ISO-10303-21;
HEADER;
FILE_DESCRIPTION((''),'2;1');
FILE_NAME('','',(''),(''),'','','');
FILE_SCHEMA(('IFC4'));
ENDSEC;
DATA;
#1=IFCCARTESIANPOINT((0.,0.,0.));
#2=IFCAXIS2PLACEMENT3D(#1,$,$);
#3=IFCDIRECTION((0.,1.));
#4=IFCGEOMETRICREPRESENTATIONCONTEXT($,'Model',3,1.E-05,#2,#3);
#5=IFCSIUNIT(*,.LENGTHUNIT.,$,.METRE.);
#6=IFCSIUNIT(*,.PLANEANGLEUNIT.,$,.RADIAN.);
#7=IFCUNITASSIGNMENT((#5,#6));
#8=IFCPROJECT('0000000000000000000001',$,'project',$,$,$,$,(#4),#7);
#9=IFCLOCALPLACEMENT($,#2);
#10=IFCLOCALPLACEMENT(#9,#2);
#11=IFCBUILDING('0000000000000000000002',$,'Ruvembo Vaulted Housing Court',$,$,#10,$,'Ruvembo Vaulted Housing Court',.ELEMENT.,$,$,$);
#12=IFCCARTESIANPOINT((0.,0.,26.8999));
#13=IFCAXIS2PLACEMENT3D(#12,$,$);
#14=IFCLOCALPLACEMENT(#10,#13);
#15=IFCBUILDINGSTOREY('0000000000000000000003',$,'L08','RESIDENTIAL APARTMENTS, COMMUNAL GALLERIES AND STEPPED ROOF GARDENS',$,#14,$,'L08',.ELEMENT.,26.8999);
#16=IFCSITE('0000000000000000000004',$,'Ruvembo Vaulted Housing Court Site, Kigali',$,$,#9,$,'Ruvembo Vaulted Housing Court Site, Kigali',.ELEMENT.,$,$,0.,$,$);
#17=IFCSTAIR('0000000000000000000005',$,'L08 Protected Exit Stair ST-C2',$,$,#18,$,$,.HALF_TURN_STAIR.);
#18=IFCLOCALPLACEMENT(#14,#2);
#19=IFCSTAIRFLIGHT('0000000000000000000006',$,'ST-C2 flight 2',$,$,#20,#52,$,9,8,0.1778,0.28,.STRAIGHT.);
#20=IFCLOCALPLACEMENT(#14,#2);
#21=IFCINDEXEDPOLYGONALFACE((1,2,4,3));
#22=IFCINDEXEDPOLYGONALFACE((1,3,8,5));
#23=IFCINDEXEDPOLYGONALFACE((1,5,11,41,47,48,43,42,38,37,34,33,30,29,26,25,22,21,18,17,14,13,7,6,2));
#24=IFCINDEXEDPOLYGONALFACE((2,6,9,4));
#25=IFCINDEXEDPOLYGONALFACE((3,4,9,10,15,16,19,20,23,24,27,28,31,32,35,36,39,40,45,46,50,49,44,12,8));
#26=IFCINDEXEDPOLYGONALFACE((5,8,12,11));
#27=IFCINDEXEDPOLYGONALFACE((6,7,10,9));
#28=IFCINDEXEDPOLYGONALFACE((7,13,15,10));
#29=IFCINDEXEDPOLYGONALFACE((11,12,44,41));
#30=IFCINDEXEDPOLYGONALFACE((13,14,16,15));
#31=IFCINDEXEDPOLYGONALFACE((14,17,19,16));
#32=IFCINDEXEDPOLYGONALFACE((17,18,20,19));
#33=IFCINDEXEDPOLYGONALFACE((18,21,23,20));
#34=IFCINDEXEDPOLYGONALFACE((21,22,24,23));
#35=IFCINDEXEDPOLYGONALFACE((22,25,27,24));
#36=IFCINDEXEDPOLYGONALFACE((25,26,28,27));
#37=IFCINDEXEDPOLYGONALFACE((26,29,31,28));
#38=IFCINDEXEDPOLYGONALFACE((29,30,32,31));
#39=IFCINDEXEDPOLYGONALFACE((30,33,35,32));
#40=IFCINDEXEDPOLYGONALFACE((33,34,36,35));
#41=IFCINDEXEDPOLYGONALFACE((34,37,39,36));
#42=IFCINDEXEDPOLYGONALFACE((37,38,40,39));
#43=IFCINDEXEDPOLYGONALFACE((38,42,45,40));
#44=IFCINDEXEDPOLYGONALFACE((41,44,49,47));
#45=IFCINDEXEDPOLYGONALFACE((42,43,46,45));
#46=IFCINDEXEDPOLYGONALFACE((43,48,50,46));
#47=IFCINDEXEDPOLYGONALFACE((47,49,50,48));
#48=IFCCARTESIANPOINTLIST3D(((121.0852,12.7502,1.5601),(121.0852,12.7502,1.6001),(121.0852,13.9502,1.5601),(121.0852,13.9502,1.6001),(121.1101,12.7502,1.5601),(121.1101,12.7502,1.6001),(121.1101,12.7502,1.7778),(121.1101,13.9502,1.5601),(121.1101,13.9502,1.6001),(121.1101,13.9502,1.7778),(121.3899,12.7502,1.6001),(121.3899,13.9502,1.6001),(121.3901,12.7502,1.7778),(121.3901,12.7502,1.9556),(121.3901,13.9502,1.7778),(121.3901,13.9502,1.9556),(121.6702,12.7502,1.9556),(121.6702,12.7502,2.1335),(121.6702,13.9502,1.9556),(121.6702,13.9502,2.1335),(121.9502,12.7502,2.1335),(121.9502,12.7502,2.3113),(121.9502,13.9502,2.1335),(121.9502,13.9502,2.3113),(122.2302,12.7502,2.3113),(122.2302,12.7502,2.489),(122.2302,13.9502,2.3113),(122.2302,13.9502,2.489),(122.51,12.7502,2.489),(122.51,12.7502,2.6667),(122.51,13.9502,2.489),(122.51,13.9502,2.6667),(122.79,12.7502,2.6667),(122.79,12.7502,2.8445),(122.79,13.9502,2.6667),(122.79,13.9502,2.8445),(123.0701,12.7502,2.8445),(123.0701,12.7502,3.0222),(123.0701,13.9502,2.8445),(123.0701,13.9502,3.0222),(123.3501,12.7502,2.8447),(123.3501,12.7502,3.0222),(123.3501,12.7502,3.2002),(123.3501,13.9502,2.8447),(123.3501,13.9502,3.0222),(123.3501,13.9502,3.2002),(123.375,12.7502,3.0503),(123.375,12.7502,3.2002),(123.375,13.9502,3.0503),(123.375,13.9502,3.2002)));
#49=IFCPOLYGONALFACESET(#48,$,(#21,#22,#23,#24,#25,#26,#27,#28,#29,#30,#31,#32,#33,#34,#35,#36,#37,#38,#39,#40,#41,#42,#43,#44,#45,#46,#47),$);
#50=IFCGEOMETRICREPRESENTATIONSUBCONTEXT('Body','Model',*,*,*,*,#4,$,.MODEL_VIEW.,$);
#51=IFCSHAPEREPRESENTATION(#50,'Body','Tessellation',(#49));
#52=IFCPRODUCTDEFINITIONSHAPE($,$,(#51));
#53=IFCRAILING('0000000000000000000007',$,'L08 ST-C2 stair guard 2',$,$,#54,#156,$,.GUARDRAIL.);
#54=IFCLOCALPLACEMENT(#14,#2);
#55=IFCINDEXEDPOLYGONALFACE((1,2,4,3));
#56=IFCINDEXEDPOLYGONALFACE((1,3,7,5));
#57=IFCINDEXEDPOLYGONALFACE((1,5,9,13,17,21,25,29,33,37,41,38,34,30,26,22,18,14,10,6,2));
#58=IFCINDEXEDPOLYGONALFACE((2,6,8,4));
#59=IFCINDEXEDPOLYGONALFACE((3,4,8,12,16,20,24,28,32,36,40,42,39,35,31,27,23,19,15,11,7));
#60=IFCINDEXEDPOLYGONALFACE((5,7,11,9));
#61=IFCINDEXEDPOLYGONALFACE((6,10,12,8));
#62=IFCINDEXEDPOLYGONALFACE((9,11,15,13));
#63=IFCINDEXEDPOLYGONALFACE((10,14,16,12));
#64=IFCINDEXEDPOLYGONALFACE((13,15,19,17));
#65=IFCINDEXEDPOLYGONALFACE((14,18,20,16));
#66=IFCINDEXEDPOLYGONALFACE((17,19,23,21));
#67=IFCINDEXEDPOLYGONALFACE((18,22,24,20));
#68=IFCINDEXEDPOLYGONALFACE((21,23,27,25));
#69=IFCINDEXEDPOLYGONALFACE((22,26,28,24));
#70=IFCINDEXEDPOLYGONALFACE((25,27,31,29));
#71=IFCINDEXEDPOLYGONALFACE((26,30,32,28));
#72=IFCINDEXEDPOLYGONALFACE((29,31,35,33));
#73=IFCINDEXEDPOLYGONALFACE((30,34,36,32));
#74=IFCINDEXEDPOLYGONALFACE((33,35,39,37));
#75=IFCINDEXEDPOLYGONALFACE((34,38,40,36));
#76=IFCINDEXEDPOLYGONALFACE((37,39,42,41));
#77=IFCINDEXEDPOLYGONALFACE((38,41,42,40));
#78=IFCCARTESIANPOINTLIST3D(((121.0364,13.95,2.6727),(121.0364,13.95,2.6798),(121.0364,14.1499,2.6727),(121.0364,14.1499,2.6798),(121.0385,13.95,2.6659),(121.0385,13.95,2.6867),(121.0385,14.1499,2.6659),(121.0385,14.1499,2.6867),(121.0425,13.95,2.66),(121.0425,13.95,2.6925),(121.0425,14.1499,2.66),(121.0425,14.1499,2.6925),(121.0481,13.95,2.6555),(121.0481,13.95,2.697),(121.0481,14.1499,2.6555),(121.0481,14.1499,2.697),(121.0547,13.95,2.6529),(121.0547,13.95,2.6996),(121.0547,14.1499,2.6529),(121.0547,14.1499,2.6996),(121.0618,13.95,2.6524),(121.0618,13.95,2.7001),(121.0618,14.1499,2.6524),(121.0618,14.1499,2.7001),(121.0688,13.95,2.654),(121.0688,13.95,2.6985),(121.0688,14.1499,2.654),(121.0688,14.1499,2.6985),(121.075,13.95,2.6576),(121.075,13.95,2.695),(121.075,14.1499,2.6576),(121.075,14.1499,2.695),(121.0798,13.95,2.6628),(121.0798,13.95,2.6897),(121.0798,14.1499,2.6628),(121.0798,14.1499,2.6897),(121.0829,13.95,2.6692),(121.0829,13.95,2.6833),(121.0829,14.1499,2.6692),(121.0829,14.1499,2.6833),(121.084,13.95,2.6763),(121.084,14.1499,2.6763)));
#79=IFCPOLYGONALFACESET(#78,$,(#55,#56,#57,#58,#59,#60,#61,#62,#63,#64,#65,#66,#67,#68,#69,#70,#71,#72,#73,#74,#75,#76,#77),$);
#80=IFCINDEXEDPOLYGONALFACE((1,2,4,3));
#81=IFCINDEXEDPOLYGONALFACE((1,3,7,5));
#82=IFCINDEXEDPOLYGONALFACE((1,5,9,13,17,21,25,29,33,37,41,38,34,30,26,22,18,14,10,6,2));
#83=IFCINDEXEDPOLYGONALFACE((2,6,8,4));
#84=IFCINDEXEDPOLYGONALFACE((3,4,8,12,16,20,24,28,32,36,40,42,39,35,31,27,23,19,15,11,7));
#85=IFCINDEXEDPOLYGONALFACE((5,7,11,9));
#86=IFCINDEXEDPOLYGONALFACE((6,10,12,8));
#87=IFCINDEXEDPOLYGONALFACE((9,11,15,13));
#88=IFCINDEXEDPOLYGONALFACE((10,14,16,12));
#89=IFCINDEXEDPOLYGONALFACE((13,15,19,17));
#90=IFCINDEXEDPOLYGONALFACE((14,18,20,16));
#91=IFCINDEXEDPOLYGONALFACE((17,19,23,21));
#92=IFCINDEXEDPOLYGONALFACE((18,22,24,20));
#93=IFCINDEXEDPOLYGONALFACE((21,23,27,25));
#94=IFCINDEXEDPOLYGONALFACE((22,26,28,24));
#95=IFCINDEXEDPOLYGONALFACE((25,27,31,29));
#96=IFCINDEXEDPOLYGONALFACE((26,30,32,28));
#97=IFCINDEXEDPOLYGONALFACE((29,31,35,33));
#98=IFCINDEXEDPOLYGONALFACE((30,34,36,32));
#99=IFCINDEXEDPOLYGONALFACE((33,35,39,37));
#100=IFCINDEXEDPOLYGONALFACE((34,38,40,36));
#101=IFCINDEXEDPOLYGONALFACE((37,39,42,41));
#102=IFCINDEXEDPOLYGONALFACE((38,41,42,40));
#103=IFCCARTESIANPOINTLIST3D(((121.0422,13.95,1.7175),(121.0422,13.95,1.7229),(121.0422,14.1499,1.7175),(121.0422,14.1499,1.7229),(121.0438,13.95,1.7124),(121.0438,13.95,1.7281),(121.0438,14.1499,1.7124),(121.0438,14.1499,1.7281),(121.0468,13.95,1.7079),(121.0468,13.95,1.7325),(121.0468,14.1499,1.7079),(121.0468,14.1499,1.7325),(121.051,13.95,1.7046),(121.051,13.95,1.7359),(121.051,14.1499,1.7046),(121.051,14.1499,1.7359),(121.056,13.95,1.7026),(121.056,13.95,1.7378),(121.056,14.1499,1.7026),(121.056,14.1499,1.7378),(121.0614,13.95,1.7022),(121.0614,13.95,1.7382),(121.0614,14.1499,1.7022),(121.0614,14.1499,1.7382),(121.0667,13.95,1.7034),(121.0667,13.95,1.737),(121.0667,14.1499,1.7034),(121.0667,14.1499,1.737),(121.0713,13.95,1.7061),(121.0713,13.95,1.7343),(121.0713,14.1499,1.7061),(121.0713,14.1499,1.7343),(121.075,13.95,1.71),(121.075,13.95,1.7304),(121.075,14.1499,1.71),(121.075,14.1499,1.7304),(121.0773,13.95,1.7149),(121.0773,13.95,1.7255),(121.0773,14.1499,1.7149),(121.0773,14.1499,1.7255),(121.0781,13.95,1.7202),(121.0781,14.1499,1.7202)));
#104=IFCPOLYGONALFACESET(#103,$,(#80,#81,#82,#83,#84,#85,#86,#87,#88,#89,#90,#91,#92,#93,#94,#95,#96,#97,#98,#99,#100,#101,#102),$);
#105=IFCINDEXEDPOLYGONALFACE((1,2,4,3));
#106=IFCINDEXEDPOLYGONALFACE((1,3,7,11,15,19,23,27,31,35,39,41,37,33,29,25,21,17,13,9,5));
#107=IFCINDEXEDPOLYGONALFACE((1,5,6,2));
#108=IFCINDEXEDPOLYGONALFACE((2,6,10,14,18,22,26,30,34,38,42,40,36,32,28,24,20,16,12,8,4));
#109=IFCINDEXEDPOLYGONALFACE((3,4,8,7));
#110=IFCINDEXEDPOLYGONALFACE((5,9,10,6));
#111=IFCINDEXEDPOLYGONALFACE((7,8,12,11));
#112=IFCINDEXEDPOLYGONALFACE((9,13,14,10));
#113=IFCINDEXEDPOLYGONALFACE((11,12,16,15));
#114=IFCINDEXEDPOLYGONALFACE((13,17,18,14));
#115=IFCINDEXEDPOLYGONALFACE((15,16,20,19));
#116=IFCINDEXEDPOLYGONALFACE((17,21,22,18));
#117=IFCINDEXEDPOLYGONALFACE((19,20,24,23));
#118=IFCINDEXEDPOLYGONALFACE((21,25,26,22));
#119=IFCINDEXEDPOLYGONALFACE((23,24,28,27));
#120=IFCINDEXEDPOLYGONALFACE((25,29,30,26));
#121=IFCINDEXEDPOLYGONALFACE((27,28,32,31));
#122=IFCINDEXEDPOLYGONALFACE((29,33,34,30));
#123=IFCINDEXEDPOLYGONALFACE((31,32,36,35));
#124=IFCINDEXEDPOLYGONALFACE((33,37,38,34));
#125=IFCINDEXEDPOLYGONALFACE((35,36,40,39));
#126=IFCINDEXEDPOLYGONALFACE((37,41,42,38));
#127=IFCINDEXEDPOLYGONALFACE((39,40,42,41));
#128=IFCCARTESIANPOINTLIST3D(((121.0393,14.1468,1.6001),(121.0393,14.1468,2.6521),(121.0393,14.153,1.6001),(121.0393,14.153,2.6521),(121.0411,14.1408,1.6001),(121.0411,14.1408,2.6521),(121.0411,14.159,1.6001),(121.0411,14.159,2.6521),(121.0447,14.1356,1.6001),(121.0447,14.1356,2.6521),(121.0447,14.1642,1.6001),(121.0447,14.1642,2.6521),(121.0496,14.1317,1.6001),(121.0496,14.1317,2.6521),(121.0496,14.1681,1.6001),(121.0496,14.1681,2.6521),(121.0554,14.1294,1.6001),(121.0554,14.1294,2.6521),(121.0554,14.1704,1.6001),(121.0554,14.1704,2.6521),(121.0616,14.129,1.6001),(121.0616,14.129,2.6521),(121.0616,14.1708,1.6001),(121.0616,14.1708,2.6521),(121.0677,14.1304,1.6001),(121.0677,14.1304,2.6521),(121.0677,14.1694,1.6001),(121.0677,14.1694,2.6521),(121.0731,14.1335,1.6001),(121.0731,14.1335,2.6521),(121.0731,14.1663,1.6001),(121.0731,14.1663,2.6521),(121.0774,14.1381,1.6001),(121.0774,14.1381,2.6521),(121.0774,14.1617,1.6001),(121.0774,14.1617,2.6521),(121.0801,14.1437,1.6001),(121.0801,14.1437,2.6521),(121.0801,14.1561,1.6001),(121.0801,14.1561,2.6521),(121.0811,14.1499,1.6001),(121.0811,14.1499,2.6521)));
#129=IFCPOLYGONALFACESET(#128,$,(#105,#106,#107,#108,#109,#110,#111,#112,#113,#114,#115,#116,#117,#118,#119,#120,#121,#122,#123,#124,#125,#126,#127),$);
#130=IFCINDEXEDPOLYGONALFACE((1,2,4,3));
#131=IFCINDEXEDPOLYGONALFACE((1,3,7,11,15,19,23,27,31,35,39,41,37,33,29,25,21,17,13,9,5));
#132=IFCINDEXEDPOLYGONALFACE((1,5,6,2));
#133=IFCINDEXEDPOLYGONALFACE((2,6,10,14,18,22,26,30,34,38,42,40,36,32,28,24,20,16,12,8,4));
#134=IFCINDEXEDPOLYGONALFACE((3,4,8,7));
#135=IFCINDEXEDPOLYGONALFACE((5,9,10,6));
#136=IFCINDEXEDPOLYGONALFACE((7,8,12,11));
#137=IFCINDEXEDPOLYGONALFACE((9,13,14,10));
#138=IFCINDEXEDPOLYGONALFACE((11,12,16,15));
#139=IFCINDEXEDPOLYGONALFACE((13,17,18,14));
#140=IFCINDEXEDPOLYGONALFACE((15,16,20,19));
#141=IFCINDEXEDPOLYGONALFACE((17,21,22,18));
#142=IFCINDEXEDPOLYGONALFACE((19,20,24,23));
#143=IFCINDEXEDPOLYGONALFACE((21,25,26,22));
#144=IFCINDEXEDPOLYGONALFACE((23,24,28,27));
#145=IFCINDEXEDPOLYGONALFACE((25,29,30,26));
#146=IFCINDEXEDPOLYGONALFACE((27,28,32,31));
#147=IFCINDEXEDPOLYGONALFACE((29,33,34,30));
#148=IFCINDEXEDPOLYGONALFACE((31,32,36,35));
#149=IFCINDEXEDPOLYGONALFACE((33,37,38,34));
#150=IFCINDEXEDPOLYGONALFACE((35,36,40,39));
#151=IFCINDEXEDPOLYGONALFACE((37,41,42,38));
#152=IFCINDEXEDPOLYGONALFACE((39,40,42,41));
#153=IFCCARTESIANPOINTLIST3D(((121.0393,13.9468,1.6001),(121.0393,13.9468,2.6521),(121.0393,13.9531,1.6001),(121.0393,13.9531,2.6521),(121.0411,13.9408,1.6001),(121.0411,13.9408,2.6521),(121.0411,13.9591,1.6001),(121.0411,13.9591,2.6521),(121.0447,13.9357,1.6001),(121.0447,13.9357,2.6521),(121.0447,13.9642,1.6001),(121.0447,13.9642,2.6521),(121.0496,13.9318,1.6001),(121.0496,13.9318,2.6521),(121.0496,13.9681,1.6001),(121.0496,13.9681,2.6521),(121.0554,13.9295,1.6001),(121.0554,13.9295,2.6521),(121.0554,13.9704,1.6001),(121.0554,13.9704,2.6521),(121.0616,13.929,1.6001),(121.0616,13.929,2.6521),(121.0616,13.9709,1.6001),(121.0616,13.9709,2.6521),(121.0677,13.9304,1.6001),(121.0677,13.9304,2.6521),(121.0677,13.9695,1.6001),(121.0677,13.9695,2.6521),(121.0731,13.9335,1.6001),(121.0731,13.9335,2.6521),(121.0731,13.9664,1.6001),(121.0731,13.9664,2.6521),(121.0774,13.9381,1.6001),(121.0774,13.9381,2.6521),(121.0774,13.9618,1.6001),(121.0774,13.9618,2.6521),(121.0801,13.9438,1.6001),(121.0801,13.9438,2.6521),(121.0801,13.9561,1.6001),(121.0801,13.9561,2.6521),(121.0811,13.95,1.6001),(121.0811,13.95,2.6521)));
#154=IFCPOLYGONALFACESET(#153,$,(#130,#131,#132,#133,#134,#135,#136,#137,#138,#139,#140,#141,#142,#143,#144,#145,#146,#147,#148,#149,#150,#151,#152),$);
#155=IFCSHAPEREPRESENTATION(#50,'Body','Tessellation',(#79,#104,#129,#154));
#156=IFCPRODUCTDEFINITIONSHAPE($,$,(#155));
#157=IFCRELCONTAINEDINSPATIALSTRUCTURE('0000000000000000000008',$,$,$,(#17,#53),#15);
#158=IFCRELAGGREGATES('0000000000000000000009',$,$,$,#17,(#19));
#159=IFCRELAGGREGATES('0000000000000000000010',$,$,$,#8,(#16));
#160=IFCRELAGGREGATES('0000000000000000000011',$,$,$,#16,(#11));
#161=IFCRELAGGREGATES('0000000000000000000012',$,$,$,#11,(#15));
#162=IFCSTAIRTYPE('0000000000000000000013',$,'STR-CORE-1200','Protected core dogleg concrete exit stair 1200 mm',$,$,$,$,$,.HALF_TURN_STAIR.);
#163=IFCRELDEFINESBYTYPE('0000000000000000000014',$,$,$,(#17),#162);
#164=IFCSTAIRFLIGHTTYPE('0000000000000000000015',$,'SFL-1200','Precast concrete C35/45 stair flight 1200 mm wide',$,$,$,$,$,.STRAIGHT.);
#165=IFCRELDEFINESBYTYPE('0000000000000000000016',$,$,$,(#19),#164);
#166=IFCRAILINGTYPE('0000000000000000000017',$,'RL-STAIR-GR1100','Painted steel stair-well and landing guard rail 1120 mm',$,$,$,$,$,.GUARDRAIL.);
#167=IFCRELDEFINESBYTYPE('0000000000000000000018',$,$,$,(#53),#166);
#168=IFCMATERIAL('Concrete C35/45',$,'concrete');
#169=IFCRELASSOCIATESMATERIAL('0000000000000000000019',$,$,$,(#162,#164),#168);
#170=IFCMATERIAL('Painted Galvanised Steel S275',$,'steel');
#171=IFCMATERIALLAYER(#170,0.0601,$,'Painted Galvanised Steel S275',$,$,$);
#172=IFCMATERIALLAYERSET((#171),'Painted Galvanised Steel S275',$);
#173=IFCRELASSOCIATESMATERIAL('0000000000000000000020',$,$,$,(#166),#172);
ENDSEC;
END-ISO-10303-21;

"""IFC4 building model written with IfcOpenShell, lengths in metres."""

from ifc_helpers import new_model, si_unit, direction, frame, origin, origin_2d, place, context, subcontext, project, spatial, polyline, circle, outline, extrude, material, layer, layer_set, type_object, element, aggregate, save


model = new_model("IFC4")

# Units and contexts
model_context = context("Model", 3, precision=1e-05, world=origin(), true_north=direction((0.0, 1.0)))
body_context = subcontext(model_context, "Body", "Model", "MODEL_VIEW")
ifc_project = project(units=[si_unit("LENGTHUNIT", "METRE"), si_unit("PLANEANGLEUNIT", "RADIAN")], contexts=[model_context])

# Site, building, storey
site_placement = place(None, origin())
site = spatial("IfcSite", under=ifc_project, at=site_placement, Name="Ruvembo Vaulted Housing Court Site, Kigali", LongName="Ruvembo Vaulted Housing Court Site, Kigali", CompositionType="ELEMENT", RefElevation=0.0)
building_placement = place(site_placement, origin())
building = spatial("IfcBuilding", under=site, at=building_placement, Name="Ruvembo Vaulted Housing Court", LongName="Ruvembo Vaulted Housing Court", CompositionType="ELEMENT")
storey_placement = place(building_placement, frame((0.0, 0.0, 26.8999)))
storey = spatial("IfcBuildingStorey", under=building, at=storey_placement, Name="L08", Description="RESIDENTIAL APARTMENTS, COMMUNAL GALLERIES AND STEPPED ROOF GARDENS", LongName="L08", CompositionType="ELEMENT", Elevation=26.8999)

# Shared definitions
ifc_material_1 = material(Name="Concrete C35/45", Category="concrete")

# Stair, stair flight
stair_type = type_object("IfcStairType", Name="STR-CORE-1200", Description="Protected core dogleg concrete exit stair 1200 mm", PredefinedType="HALF_TURN_STAIR", material=ifc_material_1)
stair_placement = place(storey_placement, origin())
stair = element("IfcStair", 1, at=stair_placement, inside=storey, type_object=stair_type, Name="L08 Protected Exit Stair ST-C2", PredefinedType="HALF_TURN_STAIR")
stair_flight_type = type_object("IfcStairFlightType", Name="SFL-1200", Description="Precast concrete C35/45 stair flight 1200 mm wide", PredefinedType="STRAIGHT", material=ifc_material_1)
stair_flight_placement = place(storey_placement, frame((121.1101, 13.3501, 1.6001), z_axis=(0.0, 0.0, 1.0), x_axis=(1.0, 0.0, 0.0)))
stair_flight = element("IfcStairFlight", 2, at=stair_flight_placement, type_object=stair_flight_type, Name="ST-C2 flight 2", NumberOfRisers=9, NumberOfTreads=8, PredefinedType="STRAIGHT", RiserHeight=0.1778, TreadLength=0.28, context=body_context, shape_type="SweptSolid", body=[
    extrude(outline(polyline([(-0.0249, -0.04), (-0.0249, 0.0), (0.0, 0.0), (0.0, 0.1777), (0.28, 0.1777), (0.28, 0.3555), (0.5601, 0.3555), (0.5601, 0.5334), (0.8401, 0.5334), (0.8401, 0.7112), (1.1201, 0.7112), (1.1201, 0.8889), (1.3999, 0.8889), (1.3999, 1.0667), (1.6799, 1.0667), (1.6799, 1.2444), (1.96, 1.2444), (1.96, 1.4221), (2.24, 1.4221), (2.24, 1.6001), (2.2649, 1.6001), (2.2649, 1.4502), (2.24, 1.2446), (0.2798, 0.0), (0.0, -0.04), (-0.0249, -0.04)])), frame((0.0, 0.6001, 0.0), z_axis=(0.0, -1.0, 0.0), x_axis=(1.0, 0.0, 0.0)), (0.0, 0.0, 1.0), 1.2),
])
aggregate(stair, [stair_flight])

# Railing
ifc_material_2 = material(Name="Painted Galvanised Steel S275", Category="steel")
ifc_layer_1 = layer(ifc_material_2, 0.0601, Name="Painted Galvanised Steel S275")
ifc_layer_set_1 = layer_set([ifc_layer_1], Name="Painted Galvanised Steel S275")
railing_type_1 = type_object("IfcRailingType", Name="RL-STAIR-GR1100", Description="Painted steel stair-well and landing guard rail 1120 mm", PredefinedType="GUARDRAIL", material=ifc_layer_set_1)
railing_1_placement = place(storey_placement, frame((121.0601, 14.1499, 1.6001)))
element("IfcRailing", 3, at=railing_1_placement, inside=storey, type_object=railing_type_1, Name="L08 ST-C2 stair guard 2", PredefinedType="GUARDRAIL", context=body_context, shape_type="SweptSolid", body=[
    extrude(circle(Radius=0.0239, at=origin_2d()), frame((0.0, 0.0, 1.0762), z_axis=(0.0, -1.0, 0.0), x_axis=(1.0, 0.0, 0.0)), (0.0, 0.0, 1.0), 0.2),
    extrude(circle(Radius=0.0181, at=origin_2d()), frame((0.0, 0.0, 0.1201), z_axis=(0.0, -1.0, 0.0), x_axis=(1.0, 0.0, 0.0)), (0.0, 0.0, 1.0), 0.2),
    extrude(circle(Radius=0.021, at=origin_2d()), origin(), (0.0, 0.0, 1.0), 1.052),
    extrude(circle(Radius=0.021, at=origin_2d()), frame((0.0, -0.2, 0.0)), (0.0, 0.0, 1.0), 1.052),
])

save(model, "model.ifc")
